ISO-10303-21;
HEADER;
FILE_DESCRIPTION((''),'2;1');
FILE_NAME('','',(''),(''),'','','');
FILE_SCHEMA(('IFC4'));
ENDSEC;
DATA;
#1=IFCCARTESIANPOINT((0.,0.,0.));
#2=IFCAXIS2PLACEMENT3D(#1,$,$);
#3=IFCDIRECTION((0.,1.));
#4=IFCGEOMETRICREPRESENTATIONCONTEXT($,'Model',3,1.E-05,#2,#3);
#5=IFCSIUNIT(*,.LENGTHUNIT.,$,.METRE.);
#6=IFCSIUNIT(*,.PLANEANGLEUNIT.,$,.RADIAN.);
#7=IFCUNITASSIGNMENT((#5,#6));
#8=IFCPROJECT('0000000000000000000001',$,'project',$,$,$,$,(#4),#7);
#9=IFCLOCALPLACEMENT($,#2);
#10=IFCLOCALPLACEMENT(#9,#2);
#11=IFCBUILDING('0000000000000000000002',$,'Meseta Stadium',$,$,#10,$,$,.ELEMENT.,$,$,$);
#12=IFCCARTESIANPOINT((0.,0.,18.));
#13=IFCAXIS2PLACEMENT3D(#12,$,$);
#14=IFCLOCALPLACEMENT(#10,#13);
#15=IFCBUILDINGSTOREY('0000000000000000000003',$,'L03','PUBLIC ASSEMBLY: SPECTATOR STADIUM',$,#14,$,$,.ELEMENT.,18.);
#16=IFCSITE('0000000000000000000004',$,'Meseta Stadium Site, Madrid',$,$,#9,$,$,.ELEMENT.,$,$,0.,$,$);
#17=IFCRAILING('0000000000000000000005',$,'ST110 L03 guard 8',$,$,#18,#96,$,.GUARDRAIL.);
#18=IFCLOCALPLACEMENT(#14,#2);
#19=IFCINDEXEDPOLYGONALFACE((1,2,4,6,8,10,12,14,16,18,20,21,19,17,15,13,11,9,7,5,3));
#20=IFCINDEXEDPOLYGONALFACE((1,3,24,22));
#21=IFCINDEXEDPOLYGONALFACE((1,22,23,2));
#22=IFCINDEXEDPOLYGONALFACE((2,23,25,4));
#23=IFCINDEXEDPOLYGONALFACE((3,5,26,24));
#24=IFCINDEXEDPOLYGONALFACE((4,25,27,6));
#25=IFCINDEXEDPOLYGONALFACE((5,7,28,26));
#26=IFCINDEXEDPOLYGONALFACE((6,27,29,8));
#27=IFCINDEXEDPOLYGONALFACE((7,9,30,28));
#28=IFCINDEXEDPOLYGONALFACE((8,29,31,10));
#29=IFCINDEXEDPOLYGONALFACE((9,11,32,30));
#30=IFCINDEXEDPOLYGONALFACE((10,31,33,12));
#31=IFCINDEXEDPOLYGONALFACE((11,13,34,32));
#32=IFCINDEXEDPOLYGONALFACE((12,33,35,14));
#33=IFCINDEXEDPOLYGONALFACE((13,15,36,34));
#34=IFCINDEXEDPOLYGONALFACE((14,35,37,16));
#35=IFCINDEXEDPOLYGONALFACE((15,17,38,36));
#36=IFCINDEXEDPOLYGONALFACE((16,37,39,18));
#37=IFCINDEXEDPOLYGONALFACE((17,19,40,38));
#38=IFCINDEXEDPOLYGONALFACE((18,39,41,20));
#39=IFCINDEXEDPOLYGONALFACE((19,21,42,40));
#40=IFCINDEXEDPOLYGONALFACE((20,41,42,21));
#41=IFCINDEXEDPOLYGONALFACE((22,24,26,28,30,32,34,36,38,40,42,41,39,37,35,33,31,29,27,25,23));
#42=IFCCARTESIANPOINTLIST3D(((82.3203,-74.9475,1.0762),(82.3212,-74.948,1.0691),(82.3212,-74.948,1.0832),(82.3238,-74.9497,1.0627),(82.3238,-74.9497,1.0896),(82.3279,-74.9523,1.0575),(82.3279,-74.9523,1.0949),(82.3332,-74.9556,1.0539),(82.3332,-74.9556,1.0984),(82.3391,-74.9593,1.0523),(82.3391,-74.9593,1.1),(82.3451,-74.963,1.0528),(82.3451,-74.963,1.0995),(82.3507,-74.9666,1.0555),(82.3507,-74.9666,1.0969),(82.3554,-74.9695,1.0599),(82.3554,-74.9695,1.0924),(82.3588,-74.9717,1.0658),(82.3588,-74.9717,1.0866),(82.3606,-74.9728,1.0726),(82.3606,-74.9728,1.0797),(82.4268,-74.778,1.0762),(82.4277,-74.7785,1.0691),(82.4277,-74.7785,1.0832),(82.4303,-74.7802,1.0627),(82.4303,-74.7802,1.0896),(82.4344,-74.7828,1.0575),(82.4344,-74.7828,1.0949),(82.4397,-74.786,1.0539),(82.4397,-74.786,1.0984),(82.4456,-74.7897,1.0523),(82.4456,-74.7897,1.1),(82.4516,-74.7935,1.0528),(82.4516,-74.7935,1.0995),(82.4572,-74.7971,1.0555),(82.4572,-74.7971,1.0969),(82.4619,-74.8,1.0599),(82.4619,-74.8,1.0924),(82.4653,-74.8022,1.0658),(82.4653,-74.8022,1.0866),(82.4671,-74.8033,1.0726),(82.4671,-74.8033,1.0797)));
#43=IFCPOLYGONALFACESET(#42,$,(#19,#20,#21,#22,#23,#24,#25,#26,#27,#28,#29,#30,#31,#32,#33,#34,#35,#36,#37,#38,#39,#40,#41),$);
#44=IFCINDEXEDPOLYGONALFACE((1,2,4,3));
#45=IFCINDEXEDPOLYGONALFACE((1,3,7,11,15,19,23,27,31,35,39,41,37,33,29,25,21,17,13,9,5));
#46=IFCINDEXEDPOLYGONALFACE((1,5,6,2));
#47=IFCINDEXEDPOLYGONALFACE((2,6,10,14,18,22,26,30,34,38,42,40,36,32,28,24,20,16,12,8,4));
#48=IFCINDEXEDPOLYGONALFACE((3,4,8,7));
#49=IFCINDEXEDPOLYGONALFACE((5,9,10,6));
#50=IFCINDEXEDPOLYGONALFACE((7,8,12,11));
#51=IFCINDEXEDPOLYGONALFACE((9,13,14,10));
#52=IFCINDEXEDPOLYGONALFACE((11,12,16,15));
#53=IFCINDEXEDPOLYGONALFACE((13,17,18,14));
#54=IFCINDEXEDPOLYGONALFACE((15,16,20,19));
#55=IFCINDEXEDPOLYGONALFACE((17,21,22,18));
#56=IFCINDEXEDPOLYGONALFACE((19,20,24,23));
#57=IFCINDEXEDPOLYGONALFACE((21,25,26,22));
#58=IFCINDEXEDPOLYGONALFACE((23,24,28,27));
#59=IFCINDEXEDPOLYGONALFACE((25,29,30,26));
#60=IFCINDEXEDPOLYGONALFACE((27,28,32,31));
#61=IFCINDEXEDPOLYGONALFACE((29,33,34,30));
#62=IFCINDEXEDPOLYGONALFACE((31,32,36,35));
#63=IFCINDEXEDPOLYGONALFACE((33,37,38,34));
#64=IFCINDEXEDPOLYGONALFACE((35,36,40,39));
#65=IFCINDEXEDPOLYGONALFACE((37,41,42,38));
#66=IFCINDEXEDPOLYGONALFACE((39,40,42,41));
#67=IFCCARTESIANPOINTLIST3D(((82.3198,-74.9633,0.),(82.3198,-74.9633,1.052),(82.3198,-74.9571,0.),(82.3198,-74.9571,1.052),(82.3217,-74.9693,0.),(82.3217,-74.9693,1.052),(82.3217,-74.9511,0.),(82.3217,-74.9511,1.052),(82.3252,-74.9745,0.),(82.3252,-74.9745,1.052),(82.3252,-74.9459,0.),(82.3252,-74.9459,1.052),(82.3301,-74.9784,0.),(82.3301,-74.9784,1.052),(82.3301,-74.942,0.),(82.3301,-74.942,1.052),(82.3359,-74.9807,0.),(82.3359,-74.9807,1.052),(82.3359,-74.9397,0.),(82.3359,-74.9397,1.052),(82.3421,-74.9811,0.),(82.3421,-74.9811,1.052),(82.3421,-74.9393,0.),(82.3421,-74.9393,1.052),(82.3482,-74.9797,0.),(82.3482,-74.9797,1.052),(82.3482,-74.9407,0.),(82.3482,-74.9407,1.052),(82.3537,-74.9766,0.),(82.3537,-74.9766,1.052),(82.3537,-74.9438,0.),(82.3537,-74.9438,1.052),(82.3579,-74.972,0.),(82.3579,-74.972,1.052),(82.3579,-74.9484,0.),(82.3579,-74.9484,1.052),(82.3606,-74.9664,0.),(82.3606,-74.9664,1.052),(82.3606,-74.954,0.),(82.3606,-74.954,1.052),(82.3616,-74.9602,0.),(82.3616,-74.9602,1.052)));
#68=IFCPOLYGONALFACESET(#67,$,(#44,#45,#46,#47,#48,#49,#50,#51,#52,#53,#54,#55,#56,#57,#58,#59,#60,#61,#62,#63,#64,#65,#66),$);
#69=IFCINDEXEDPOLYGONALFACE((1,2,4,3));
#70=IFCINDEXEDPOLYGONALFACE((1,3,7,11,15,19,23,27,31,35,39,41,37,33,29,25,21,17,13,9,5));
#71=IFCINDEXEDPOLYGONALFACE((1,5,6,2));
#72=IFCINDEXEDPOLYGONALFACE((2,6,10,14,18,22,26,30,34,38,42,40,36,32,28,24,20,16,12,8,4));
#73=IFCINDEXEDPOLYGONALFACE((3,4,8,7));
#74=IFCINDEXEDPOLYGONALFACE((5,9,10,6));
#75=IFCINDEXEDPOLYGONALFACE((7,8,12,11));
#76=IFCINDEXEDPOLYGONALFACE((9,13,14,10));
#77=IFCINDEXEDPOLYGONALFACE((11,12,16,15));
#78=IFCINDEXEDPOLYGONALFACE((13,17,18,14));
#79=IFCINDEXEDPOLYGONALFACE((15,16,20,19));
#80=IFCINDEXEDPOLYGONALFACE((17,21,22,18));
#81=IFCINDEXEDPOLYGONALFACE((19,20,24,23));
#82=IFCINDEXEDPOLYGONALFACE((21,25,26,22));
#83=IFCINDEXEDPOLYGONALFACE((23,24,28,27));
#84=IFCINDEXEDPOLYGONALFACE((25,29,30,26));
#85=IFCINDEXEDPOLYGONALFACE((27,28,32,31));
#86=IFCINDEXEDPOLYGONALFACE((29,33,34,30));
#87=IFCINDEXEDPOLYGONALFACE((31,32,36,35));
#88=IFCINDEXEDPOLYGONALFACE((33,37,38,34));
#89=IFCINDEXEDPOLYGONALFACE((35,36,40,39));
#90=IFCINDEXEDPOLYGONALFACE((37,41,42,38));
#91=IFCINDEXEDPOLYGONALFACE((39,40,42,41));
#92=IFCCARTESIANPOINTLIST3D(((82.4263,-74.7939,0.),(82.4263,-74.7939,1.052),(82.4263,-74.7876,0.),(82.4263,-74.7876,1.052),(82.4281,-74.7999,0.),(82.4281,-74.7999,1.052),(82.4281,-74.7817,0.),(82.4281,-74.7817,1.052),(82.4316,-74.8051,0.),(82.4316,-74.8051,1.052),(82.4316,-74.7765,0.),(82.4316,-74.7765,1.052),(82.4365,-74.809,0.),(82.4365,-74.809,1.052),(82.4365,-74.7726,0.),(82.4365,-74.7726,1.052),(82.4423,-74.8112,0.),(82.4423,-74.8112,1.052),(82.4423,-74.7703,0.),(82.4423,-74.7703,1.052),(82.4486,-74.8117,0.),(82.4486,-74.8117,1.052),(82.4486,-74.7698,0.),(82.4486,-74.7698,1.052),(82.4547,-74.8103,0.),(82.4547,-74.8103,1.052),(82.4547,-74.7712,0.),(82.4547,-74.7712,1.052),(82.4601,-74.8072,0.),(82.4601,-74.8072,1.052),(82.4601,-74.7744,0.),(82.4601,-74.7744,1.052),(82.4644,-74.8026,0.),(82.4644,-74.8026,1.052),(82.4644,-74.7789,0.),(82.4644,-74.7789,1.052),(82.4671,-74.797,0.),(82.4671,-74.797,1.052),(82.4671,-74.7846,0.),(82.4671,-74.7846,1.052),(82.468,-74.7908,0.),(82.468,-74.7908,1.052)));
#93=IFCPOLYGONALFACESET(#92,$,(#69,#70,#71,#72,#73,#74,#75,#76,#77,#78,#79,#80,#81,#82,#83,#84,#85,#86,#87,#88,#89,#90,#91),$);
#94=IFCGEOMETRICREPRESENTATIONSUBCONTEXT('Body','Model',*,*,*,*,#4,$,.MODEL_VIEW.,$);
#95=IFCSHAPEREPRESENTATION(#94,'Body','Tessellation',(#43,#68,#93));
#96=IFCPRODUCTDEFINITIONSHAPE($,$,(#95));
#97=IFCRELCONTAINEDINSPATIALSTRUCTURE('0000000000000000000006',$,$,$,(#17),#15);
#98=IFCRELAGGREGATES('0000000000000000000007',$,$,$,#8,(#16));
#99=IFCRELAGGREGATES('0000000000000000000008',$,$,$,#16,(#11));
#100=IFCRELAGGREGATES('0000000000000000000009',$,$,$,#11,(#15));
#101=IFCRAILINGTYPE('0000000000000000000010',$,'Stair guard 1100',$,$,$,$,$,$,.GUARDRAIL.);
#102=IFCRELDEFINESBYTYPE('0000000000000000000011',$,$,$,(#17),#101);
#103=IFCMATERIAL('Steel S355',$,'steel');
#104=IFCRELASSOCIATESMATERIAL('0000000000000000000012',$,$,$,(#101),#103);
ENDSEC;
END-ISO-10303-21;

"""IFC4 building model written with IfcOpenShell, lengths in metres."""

from ifc_helpers import new_model, si_unit, direction, frame, origin, origin_2d, place, context, subcontext, project, spatial, circle, extrude, material, type_object, element, save


model = new_model("IFC4")

# Units and contexts
model_context = context("Model", 3, precision=1e-05, world=origin(), true_north=direction((0.0, 1.0)))
body_context = subcontext(model_context, "Body", "Model", "MODEL_VIEW")
ifc_project = project(units=[si_unit("LENGTHUNIT", "METRE"), si_unit("PLANEANGLEUNIT", "RADIAN")], contexts=[model_context])

# Site, building, storey
site_placement = place(None, origin())
site = spatial("IfcSite", under=ifc_project, at=site_placement, Name="Meseta Stadium Site, Madrid", CompositionType="ELEMENT", RefElevation=0.0)
building_placement = place(site_placement, origin())
building = spatial("IfcBuilding", under=site, at=building_placement, Name="Meseta Stadium", CompositionType="ELEMENT")
storey_placement = place(building_placement, frame((0.0, 0.0, 18.0)))
storey = spatial("IfcBuildingStorey", under=building, at=storey_placement, Name="L03", Description="PUBLIC ASSEMBLY: SPECTATOR STADIUM", CompositionType="ELEMENT", Elevation=18.0)

# Railing
ifc_material_1 = material(Name="Steel S355", Category="steel")
railing_type_1 = type_object("IfcRailingType", Name="Stair guard 1100", PredefinedType="GUARDRAIL", material=ifc_material_1)
railing_1_placement = place(storey_placement, frame((82.3406, -74.9602, 0.0)))
element("IfcRailing", 1, at=railing_1_placement, inside=storey, type_object=railing_type_1, Name="ST110 L03 guard 8", PredefinedType="GUARDRAIL", context=body_context, shape_type="SweptSolid", body=[
    extrude(circle(Radius=0.0239, at=origin_2d()), frame((0.0, 0.0, 1.0762), z_axis=(0.531972, 0.846762, 0.0), x_axis=(-0.846762, 0.531972, 0.0)), (0.0, 0.0, 1.0), 0.2002),
    extrude(circle(Radius=0.021, at=origin_2d()), origin(), (0.0, 0.0, 1.0), 1.052),
    extrude(circle(Radius=0.021, at=origin_2d()), frame((0.1064, 0.1694, 0.0)), (0.0, 0.0, 1.0), 1.052),
])

save(model, "model.ifc")
